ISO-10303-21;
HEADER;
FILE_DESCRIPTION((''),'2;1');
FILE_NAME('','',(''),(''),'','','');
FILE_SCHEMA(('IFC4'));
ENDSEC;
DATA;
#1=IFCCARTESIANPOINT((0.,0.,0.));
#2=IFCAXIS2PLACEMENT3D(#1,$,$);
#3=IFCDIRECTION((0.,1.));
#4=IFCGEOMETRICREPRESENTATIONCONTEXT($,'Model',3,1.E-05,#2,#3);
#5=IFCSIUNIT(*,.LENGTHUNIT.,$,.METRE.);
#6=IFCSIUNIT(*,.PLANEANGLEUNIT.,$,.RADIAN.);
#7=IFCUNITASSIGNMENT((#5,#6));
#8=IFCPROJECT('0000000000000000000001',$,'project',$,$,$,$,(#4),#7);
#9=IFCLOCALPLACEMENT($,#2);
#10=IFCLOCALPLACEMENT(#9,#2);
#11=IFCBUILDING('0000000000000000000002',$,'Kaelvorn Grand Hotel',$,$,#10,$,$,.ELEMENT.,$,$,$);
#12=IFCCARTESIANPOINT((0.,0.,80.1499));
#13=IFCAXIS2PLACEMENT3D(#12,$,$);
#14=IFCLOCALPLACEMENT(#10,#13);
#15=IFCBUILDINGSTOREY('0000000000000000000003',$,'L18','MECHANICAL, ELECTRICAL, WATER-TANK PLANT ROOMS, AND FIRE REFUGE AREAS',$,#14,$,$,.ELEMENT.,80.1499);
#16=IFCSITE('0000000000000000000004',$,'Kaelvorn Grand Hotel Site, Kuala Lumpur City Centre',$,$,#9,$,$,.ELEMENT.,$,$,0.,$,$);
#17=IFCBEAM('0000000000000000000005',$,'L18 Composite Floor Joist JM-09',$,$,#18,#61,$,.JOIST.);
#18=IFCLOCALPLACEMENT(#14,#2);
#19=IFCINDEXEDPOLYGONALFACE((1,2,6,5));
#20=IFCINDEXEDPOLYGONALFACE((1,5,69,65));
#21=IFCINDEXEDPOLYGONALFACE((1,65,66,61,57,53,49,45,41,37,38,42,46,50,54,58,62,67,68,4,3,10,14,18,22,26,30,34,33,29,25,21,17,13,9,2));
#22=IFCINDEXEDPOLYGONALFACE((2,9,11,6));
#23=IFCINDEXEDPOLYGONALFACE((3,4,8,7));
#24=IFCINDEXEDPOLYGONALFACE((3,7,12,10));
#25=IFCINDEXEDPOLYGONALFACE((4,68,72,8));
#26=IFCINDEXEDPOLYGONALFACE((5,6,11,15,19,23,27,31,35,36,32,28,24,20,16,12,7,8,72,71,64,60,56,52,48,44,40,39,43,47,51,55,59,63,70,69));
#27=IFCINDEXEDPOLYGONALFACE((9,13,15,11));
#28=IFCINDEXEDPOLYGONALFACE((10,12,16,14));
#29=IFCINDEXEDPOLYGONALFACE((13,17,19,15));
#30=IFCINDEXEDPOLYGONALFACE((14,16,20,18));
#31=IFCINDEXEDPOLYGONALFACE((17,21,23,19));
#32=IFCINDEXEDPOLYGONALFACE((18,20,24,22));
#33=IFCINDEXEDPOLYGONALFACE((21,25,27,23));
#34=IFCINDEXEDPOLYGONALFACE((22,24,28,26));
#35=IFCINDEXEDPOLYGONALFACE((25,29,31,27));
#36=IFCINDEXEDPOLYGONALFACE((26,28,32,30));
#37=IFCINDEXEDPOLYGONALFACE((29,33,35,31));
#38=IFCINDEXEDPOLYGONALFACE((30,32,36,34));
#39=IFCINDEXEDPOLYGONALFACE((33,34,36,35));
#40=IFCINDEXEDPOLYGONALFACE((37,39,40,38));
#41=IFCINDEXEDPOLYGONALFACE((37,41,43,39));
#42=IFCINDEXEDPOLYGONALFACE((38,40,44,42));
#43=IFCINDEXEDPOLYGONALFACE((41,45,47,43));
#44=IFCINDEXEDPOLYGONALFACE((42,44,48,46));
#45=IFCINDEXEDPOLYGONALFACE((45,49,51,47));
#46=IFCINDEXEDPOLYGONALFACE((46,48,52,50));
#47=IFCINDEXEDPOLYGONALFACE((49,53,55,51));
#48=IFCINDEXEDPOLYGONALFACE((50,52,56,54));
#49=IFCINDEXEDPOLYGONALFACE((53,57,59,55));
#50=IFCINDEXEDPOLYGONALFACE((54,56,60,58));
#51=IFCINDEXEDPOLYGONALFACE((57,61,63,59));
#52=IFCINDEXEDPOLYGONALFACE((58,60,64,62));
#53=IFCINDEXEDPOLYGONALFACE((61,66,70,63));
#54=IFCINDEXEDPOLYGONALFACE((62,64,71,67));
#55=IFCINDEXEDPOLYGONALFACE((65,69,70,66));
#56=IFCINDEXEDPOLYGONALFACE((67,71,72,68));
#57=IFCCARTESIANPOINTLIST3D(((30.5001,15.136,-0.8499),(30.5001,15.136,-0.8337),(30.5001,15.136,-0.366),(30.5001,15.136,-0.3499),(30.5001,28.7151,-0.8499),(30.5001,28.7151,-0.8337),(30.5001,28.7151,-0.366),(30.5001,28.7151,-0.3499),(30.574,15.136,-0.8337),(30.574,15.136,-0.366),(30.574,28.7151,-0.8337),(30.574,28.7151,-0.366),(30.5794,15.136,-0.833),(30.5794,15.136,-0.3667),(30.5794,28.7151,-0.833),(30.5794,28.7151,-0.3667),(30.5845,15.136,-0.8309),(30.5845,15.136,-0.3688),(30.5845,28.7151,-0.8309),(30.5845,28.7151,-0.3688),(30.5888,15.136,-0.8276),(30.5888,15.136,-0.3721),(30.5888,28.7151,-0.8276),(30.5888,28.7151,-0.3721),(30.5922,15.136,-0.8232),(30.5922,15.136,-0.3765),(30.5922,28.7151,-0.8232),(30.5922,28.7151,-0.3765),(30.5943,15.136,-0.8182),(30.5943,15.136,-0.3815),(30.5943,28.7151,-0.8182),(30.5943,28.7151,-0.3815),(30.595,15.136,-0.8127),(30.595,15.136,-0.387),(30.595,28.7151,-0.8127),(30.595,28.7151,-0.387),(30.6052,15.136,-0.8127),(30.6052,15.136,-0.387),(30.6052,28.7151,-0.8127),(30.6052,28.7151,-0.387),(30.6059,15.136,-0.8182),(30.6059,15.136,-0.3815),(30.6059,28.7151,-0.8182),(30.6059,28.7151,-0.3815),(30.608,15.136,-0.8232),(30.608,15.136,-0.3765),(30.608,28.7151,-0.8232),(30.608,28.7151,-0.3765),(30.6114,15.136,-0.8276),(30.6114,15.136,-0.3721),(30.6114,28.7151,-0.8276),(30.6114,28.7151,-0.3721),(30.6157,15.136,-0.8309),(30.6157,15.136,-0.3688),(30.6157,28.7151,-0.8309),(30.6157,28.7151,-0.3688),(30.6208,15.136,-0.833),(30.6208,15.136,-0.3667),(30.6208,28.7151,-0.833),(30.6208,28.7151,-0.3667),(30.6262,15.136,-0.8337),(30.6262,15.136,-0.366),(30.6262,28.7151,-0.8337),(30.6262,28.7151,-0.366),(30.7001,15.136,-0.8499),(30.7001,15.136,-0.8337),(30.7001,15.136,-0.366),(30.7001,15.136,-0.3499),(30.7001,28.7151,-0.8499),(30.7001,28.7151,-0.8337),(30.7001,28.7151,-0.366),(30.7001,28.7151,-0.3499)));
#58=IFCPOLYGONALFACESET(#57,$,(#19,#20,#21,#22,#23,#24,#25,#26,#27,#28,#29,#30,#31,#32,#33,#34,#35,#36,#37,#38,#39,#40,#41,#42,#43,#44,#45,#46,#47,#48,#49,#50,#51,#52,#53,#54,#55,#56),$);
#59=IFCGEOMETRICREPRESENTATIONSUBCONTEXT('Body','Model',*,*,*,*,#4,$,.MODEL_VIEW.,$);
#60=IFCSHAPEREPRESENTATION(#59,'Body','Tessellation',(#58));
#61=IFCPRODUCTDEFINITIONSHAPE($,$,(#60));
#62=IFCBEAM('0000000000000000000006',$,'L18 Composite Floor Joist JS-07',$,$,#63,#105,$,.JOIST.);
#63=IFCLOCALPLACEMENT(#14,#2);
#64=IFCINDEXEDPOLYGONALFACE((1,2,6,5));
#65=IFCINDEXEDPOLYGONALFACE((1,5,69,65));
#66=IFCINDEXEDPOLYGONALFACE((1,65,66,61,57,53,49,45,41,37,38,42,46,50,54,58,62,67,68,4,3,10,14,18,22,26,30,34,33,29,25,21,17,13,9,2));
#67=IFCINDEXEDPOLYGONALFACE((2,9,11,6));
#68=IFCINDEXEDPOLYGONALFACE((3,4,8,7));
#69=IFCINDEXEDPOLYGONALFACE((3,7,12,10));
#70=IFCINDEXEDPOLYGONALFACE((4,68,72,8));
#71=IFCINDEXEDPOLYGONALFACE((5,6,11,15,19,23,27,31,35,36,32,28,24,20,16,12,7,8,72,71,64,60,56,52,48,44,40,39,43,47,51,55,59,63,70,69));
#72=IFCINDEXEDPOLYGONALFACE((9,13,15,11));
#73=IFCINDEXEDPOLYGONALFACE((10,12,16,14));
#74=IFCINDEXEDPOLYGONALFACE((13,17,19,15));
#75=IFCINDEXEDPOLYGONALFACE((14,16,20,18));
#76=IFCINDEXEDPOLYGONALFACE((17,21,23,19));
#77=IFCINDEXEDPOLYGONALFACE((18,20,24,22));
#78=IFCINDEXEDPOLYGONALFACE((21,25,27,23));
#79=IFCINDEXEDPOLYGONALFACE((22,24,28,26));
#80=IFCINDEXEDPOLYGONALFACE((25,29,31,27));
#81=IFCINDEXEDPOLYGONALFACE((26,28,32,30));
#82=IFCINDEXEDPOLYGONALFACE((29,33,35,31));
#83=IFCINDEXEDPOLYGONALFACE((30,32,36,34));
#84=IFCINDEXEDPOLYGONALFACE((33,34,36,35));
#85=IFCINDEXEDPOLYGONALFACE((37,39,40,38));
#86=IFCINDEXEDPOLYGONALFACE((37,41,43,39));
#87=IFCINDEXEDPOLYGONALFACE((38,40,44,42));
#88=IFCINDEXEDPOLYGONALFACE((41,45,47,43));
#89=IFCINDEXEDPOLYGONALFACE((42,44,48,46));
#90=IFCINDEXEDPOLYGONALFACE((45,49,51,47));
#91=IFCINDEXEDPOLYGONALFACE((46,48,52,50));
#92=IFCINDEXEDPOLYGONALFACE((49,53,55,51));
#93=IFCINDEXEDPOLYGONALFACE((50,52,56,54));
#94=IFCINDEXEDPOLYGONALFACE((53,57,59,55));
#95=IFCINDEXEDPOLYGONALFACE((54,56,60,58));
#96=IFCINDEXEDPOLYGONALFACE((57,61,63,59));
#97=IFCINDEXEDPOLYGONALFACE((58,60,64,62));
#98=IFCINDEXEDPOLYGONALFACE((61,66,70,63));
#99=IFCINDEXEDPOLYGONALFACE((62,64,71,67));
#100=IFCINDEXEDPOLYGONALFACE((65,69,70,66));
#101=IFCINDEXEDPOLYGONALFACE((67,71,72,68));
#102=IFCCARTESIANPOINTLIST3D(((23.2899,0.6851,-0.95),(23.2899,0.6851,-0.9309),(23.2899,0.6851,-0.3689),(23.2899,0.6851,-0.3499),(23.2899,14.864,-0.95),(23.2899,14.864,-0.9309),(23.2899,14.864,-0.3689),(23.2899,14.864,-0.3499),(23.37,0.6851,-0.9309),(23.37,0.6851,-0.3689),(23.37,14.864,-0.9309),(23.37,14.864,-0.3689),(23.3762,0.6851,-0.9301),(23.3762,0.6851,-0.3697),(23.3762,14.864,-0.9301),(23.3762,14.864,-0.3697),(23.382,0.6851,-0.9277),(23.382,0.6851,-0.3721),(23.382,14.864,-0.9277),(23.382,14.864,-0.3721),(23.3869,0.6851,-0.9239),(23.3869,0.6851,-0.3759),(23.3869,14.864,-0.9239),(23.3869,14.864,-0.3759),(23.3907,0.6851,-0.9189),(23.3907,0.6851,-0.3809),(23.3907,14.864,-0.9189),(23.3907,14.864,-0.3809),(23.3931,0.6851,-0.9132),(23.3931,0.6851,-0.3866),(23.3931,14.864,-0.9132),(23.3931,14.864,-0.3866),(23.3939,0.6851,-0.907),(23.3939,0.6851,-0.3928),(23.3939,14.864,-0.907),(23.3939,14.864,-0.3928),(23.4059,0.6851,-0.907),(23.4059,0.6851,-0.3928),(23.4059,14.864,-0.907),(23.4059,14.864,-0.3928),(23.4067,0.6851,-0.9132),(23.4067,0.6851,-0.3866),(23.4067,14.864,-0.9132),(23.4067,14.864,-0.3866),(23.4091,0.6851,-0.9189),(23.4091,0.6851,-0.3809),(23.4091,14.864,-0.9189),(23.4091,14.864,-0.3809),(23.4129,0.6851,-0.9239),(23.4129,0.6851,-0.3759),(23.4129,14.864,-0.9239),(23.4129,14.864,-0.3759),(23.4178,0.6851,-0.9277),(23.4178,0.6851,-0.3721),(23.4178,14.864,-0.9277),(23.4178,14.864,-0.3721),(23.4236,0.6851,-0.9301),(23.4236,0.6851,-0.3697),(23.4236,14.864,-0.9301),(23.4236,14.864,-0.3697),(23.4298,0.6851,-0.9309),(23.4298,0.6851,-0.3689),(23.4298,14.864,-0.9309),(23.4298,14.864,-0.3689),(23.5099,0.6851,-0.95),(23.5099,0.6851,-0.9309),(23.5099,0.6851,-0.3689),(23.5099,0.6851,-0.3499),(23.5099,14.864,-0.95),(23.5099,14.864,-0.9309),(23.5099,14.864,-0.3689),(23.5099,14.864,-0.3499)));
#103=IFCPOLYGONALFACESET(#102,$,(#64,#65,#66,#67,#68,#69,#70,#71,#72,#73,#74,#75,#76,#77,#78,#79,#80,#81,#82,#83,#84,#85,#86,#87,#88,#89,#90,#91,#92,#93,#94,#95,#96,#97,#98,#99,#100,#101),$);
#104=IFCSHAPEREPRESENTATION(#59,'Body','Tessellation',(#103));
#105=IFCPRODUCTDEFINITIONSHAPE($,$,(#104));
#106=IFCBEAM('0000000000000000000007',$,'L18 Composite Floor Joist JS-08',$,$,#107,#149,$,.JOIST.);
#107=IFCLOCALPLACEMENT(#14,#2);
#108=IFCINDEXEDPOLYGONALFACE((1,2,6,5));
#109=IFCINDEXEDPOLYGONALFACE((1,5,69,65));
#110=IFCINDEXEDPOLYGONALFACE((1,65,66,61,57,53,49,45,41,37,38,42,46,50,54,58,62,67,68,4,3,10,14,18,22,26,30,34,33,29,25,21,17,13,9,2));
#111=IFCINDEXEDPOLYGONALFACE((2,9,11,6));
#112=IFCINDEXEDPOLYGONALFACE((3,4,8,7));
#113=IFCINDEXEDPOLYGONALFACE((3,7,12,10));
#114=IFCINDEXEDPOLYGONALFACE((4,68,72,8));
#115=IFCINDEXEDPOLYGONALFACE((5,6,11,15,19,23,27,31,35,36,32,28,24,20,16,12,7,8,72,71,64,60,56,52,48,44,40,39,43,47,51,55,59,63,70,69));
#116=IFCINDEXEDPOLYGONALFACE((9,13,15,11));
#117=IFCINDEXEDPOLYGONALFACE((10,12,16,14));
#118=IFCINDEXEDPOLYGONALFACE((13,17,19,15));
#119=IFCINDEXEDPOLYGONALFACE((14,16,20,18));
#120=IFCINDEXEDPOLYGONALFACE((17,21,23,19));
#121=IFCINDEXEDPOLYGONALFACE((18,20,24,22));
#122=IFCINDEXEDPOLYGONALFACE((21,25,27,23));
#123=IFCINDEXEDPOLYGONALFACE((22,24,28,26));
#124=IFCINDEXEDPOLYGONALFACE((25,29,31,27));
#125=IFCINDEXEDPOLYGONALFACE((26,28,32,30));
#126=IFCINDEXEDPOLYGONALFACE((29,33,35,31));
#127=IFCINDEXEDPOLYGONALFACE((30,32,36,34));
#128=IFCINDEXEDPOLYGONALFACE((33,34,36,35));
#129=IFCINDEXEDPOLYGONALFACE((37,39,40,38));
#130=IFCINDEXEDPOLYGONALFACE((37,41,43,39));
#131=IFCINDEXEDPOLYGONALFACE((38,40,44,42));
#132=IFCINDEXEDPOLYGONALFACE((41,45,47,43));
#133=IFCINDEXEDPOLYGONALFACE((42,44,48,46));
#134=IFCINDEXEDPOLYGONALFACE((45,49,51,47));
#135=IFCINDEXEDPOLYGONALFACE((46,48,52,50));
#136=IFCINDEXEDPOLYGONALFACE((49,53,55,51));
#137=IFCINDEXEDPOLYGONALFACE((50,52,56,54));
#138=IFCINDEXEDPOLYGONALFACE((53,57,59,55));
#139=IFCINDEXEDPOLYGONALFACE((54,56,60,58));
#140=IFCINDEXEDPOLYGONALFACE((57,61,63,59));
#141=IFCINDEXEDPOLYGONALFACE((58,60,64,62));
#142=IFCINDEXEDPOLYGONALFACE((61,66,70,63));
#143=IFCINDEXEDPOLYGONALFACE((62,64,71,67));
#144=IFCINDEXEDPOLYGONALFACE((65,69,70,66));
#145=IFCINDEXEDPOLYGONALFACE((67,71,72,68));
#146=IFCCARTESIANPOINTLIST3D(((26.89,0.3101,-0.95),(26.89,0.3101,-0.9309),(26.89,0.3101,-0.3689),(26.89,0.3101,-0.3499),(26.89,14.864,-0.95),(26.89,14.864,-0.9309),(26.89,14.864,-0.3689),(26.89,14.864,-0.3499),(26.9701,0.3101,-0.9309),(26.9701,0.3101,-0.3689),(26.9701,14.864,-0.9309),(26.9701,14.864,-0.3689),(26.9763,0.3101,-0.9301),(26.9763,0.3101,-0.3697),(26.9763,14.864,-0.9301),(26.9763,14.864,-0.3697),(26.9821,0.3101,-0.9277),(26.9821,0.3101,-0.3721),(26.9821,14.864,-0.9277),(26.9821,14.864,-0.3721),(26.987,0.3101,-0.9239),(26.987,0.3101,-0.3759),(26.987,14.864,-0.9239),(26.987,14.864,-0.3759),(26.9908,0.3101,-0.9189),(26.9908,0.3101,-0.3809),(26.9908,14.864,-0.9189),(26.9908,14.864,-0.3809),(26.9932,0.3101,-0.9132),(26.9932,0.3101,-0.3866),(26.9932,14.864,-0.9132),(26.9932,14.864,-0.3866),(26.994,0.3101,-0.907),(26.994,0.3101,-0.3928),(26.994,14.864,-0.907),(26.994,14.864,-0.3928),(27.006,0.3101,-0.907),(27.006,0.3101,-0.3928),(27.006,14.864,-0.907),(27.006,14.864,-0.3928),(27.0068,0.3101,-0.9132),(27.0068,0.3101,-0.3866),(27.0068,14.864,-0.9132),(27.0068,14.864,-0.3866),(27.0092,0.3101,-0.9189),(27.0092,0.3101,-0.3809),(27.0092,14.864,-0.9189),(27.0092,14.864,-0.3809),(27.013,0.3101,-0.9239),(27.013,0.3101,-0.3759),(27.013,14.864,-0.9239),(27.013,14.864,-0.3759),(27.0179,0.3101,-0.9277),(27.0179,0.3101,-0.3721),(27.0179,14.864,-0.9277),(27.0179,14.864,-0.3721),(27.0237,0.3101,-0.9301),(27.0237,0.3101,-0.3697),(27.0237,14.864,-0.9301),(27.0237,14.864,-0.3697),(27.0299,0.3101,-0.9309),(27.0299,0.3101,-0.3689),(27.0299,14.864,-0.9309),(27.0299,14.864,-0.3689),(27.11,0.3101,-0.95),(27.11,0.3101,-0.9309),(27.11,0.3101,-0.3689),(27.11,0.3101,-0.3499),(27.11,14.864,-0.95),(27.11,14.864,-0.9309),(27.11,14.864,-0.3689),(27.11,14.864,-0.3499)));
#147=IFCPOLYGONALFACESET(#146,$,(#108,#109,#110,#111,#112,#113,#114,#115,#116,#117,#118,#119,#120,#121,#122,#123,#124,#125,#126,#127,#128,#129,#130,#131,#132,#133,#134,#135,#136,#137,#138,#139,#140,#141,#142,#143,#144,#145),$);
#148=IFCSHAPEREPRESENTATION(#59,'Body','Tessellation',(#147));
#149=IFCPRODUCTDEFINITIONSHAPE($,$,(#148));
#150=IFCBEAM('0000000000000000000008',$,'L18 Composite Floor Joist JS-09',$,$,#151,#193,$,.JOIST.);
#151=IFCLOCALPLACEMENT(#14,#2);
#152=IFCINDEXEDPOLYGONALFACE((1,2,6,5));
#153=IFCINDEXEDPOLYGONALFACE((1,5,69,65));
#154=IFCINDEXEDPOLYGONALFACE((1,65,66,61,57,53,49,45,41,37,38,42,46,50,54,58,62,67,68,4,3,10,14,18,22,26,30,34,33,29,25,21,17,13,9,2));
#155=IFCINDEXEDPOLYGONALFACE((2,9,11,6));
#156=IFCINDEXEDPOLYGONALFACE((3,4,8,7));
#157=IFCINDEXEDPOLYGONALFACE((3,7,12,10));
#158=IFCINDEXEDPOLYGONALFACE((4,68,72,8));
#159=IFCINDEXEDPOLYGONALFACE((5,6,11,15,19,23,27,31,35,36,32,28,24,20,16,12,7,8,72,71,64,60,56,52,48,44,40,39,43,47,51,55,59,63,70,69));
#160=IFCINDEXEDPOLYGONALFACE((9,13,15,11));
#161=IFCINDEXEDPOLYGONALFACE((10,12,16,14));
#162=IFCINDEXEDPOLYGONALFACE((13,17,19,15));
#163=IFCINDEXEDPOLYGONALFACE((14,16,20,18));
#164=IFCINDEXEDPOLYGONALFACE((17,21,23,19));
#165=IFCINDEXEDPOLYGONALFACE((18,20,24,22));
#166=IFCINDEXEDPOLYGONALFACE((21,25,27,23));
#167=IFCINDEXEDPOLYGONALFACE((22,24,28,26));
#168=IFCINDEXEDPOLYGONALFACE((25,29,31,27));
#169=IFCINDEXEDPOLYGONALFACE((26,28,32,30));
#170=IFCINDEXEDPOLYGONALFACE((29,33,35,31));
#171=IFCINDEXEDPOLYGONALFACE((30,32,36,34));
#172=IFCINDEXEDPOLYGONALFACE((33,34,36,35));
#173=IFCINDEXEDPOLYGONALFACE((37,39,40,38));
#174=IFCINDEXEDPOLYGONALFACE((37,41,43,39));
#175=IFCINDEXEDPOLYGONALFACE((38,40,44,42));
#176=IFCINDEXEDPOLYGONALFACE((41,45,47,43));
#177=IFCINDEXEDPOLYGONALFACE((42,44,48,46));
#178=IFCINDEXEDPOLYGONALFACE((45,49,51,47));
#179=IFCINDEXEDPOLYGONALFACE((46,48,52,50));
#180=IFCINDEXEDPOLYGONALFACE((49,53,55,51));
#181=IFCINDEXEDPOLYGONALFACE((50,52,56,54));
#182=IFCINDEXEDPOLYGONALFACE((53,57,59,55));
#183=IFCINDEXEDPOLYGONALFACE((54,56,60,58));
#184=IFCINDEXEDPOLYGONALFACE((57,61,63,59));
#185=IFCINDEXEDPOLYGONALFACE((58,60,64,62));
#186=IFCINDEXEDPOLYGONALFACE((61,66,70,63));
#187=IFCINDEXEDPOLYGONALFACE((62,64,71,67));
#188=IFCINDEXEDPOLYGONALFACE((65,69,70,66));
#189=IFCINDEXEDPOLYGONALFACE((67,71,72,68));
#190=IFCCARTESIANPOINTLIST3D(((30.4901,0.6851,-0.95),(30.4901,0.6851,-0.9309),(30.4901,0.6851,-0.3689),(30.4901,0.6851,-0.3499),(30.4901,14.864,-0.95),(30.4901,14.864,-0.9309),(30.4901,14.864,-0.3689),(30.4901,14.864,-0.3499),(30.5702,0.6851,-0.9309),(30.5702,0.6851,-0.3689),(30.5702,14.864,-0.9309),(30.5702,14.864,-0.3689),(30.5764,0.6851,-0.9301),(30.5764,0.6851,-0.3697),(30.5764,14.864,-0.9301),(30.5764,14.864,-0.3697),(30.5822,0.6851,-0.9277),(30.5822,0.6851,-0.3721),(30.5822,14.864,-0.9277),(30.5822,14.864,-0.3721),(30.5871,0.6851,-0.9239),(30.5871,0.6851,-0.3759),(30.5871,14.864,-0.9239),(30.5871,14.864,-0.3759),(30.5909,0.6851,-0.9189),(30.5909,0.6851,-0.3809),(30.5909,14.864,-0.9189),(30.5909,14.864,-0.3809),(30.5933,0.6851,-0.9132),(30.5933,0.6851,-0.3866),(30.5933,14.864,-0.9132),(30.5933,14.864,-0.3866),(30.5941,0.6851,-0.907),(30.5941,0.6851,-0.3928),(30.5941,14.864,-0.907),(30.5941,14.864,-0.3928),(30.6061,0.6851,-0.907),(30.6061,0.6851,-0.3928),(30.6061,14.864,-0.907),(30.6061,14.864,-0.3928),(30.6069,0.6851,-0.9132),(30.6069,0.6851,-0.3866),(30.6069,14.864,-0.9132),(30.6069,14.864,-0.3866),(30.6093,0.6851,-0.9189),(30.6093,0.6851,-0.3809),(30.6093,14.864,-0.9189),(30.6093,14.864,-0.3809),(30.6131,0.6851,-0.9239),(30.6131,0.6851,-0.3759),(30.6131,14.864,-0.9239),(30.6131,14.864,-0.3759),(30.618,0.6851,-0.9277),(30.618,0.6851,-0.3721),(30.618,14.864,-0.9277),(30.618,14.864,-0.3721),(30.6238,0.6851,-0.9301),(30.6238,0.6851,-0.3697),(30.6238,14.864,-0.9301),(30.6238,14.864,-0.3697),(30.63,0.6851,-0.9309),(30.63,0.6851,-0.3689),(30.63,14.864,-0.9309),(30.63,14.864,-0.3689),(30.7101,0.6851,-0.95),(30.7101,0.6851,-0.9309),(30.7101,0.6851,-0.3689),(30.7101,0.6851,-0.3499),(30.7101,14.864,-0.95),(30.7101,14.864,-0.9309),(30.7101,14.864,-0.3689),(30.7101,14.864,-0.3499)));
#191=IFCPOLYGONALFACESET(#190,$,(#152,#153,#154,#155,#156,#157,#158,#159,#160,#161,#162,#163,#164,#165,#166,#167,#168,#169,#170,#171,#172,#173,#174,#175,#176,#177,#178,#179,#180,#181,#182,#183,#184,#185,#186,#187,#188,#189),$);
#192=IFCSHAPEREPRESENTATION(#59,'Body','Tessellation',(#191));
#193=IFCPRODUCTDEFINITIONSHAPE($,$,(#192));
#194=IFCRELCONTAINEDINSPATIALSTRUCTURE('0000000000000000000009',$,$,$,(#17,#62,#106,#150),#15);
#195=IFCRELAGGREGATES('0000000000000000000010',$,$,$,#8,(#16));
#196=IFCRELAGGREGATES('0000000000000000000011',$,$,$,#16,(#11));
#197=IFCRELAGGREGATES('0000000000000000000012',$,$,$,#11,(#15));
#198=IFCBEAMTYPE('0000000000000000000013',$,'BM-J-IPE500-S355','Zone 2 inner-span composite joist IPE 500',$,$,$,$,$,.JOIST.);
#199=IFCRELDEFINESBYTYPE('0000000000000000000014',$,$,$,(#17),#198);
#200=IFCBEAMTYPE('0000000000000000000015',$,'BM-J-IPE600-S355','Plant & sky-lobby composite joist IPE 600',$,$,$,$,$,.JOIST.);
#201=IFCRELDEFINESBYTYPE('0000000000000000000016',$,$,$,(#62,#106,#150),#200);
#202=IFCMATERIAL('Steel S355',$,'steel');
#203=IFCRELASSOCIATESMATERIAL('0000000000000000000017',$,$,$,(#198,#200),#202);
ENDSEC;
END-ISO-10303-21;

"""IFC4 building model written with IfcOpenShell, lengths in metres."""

from ifc_helpers import new_model, si_unit, direction, frame, origin, origin_2d, place, context, subcontext, project, spatial, i_section, extrude, material, material_profile, profile_set, type_object, element, save


model = new_model("IFC4")

# Units and contexts
model_context = context("Model", 3, precision=1e-05, world=origin(), true_north=direction((0.0, 1.0)))
body_context = subcontext(model_context, "Body", "Model", "MODEL_VIEW")
ifc_project = project(units=[si_unit("LENGTHUNIT", "METRE"), si_unit("PLANEANGLEUNIT", "RADIAN")], contexts=[model_context])

# Site, building, storey
site_placement = place(None, origin())
site = spatial("IfcSite", under=ifc_project, at=site_placement, Name="Kaelvorn Grand Hotel Site, Kuala Lumpur City Centre", CompositionType="ELEMENT", RefElevation=0.0)
building_placement = place(site_placement, origin())
building = spatial("IfcBuilding", under=site, at=building_placement, Name="Kaelvorn Grand Hotel", CompositionType="ELEMENT")
storey_placement = place(building_placement, frame((0.0, 0.0, 80.1499)))
storey = spatial("IfcBuildingStorey", under=building, at=storey_placement, Name="L18", Description="MECHANICAL, ELECTRICAL, WATER-TANK PLANT ROOMS, AND FIRE REFUGE AREAS", CompositionType="ELEMENT", Elevation=80.1499)

# Beams
ifc_material_1 = material(Name="Steel S355", Category="steel")
ifc_material_profile_1 = material_profile(ifc_material_1, i_section(OverallWidth=0.2, OverallDepth=0.5, WebThickness=0.0103, FlangeThickness=0.0161, FilletRadius=0.021, at=origin_2d()), Name="IPE 500")
ifc_profile_set_1 = profile_set([ifc_material_profile_1], Name="Steel S355")
beam_type_1 = type_object("IfcBeamType", Name="BM-J-IPE500-S355", Description="Zone 2 inner-span composite joist IPE 500", PredefinedType="JOIST", material=ifc_profile_set_1)
beam_1_placement = place(storey_placement, frame((30.6001, 15.136, -0.5999), z_axis=(0.0, 1.0, 0.0), x_axis=(-1.0, 0.0, 0.0)))
element("IfcBeam", 1, at=beam_1_placement, inside=storey, type_object=beam_type_1, Name="L18 Composite Floor Joist JM-09", PredefinedType="JOIST", context=body_context, shape_type="SweptSolid", body=[
    extrude(i_section(OverallWidth=0.2, OverallDepth=0.5, WebThickness=0.0103, FlangeThickness=0.0161, FilletRadius=0.021, at=origin_2d()), origin(), (0.0, 0.0, 1.0), 13.5791),
])
ifc_material_profile_2 = material_profile(ifc_material_1, i_section(OverallWidth=0.22, OverallDepth=0.6001, WebThickness=0.012, FlangeThickness=0.019, FilletRadius=0.0239, at=origin_2d()), Name="IPE 600")
ifc_profile_set_2 = profile_set([ifc_material_profile_2], Name="Steel S355")
beam_type_2 = type_object("IfcBeamType", Name="BM-J-IPE600-S355", Description="Plant & sky-lobby composite joist IPE 600", PredefinedType="JOIST", material=ifc_profile_set_2)
beam_2_placement = place(storey_placement, frame((23.3999, 0.6851, -0.6499), z_axis=(0.0, 1.0, 0.0), x_axis=(-1.0, 0.0, 0.0)))
element("IfcBeam", 2, at=beam_2_placement, inside=storey, type_object=beam_type_2, Name="L18 Composite Floor Joist JS-07", PredefinedType="JOIST", context=body_context, shape_type="SweptSolid", body=[
    extrude(i_section(OverallWidth=0.22, OverallDepth=0.6001, WebThickness=0.012, FlangeThickness=0.019, FilletRadius=0.0239, at=origin_2d()), origin(), (0.0, 0.0, 1.0), 14.179),
])
beam_3_placement = place(storey_placement, frame((27.0, 0.3101, -0.6499), z_axis=(0.0, 1.0, 0.0), x_axis=(-1.0, 0.0, 0.0)))
element("IfcBeam", 3, at=beam_3_placement, inside=storey, type_object=beam_type_2, Name="L18 Composite Floor Joist JS-08", PredefinedType="JOIST", context=body_context, shape_type="SweptSolid", body=[
    extrude(i_section(OverallWidth=0.22, OverallDepth=0.6001, WebThickness=0.012, FlangeThickness=0.019, FilletRadius=0.0239, at=origin_2d()), origin(), (0.0, 0.0, 1.0), 14.554),
])
beam_4_placement = place(storey_placement, frame((30.6001, 0.6851, -0.6499), z_axis=(0.0, 1.0, 0.0), x_axis=(-1.0, 0.0, 0.0)))
element("IfcBeam", 4, at=beam_4_placement, inside=storey, type_object=beam_type_2, Name="L18 Composite Floor Joist JS-09", PredefinedType="JOIST", context=body_context, shape_type="SweptSolid", body=[
    extrude(i_section(OverallWidth=0.22, OverallDepth=0.6001, WebThickness=0.012, FlangeThickness=0.019, FilletRadius=0.0239, at=origin_2d()), origin(), (0.0, 0.0, 1.0), 14.179),
])

save(model, "model.ifc")
